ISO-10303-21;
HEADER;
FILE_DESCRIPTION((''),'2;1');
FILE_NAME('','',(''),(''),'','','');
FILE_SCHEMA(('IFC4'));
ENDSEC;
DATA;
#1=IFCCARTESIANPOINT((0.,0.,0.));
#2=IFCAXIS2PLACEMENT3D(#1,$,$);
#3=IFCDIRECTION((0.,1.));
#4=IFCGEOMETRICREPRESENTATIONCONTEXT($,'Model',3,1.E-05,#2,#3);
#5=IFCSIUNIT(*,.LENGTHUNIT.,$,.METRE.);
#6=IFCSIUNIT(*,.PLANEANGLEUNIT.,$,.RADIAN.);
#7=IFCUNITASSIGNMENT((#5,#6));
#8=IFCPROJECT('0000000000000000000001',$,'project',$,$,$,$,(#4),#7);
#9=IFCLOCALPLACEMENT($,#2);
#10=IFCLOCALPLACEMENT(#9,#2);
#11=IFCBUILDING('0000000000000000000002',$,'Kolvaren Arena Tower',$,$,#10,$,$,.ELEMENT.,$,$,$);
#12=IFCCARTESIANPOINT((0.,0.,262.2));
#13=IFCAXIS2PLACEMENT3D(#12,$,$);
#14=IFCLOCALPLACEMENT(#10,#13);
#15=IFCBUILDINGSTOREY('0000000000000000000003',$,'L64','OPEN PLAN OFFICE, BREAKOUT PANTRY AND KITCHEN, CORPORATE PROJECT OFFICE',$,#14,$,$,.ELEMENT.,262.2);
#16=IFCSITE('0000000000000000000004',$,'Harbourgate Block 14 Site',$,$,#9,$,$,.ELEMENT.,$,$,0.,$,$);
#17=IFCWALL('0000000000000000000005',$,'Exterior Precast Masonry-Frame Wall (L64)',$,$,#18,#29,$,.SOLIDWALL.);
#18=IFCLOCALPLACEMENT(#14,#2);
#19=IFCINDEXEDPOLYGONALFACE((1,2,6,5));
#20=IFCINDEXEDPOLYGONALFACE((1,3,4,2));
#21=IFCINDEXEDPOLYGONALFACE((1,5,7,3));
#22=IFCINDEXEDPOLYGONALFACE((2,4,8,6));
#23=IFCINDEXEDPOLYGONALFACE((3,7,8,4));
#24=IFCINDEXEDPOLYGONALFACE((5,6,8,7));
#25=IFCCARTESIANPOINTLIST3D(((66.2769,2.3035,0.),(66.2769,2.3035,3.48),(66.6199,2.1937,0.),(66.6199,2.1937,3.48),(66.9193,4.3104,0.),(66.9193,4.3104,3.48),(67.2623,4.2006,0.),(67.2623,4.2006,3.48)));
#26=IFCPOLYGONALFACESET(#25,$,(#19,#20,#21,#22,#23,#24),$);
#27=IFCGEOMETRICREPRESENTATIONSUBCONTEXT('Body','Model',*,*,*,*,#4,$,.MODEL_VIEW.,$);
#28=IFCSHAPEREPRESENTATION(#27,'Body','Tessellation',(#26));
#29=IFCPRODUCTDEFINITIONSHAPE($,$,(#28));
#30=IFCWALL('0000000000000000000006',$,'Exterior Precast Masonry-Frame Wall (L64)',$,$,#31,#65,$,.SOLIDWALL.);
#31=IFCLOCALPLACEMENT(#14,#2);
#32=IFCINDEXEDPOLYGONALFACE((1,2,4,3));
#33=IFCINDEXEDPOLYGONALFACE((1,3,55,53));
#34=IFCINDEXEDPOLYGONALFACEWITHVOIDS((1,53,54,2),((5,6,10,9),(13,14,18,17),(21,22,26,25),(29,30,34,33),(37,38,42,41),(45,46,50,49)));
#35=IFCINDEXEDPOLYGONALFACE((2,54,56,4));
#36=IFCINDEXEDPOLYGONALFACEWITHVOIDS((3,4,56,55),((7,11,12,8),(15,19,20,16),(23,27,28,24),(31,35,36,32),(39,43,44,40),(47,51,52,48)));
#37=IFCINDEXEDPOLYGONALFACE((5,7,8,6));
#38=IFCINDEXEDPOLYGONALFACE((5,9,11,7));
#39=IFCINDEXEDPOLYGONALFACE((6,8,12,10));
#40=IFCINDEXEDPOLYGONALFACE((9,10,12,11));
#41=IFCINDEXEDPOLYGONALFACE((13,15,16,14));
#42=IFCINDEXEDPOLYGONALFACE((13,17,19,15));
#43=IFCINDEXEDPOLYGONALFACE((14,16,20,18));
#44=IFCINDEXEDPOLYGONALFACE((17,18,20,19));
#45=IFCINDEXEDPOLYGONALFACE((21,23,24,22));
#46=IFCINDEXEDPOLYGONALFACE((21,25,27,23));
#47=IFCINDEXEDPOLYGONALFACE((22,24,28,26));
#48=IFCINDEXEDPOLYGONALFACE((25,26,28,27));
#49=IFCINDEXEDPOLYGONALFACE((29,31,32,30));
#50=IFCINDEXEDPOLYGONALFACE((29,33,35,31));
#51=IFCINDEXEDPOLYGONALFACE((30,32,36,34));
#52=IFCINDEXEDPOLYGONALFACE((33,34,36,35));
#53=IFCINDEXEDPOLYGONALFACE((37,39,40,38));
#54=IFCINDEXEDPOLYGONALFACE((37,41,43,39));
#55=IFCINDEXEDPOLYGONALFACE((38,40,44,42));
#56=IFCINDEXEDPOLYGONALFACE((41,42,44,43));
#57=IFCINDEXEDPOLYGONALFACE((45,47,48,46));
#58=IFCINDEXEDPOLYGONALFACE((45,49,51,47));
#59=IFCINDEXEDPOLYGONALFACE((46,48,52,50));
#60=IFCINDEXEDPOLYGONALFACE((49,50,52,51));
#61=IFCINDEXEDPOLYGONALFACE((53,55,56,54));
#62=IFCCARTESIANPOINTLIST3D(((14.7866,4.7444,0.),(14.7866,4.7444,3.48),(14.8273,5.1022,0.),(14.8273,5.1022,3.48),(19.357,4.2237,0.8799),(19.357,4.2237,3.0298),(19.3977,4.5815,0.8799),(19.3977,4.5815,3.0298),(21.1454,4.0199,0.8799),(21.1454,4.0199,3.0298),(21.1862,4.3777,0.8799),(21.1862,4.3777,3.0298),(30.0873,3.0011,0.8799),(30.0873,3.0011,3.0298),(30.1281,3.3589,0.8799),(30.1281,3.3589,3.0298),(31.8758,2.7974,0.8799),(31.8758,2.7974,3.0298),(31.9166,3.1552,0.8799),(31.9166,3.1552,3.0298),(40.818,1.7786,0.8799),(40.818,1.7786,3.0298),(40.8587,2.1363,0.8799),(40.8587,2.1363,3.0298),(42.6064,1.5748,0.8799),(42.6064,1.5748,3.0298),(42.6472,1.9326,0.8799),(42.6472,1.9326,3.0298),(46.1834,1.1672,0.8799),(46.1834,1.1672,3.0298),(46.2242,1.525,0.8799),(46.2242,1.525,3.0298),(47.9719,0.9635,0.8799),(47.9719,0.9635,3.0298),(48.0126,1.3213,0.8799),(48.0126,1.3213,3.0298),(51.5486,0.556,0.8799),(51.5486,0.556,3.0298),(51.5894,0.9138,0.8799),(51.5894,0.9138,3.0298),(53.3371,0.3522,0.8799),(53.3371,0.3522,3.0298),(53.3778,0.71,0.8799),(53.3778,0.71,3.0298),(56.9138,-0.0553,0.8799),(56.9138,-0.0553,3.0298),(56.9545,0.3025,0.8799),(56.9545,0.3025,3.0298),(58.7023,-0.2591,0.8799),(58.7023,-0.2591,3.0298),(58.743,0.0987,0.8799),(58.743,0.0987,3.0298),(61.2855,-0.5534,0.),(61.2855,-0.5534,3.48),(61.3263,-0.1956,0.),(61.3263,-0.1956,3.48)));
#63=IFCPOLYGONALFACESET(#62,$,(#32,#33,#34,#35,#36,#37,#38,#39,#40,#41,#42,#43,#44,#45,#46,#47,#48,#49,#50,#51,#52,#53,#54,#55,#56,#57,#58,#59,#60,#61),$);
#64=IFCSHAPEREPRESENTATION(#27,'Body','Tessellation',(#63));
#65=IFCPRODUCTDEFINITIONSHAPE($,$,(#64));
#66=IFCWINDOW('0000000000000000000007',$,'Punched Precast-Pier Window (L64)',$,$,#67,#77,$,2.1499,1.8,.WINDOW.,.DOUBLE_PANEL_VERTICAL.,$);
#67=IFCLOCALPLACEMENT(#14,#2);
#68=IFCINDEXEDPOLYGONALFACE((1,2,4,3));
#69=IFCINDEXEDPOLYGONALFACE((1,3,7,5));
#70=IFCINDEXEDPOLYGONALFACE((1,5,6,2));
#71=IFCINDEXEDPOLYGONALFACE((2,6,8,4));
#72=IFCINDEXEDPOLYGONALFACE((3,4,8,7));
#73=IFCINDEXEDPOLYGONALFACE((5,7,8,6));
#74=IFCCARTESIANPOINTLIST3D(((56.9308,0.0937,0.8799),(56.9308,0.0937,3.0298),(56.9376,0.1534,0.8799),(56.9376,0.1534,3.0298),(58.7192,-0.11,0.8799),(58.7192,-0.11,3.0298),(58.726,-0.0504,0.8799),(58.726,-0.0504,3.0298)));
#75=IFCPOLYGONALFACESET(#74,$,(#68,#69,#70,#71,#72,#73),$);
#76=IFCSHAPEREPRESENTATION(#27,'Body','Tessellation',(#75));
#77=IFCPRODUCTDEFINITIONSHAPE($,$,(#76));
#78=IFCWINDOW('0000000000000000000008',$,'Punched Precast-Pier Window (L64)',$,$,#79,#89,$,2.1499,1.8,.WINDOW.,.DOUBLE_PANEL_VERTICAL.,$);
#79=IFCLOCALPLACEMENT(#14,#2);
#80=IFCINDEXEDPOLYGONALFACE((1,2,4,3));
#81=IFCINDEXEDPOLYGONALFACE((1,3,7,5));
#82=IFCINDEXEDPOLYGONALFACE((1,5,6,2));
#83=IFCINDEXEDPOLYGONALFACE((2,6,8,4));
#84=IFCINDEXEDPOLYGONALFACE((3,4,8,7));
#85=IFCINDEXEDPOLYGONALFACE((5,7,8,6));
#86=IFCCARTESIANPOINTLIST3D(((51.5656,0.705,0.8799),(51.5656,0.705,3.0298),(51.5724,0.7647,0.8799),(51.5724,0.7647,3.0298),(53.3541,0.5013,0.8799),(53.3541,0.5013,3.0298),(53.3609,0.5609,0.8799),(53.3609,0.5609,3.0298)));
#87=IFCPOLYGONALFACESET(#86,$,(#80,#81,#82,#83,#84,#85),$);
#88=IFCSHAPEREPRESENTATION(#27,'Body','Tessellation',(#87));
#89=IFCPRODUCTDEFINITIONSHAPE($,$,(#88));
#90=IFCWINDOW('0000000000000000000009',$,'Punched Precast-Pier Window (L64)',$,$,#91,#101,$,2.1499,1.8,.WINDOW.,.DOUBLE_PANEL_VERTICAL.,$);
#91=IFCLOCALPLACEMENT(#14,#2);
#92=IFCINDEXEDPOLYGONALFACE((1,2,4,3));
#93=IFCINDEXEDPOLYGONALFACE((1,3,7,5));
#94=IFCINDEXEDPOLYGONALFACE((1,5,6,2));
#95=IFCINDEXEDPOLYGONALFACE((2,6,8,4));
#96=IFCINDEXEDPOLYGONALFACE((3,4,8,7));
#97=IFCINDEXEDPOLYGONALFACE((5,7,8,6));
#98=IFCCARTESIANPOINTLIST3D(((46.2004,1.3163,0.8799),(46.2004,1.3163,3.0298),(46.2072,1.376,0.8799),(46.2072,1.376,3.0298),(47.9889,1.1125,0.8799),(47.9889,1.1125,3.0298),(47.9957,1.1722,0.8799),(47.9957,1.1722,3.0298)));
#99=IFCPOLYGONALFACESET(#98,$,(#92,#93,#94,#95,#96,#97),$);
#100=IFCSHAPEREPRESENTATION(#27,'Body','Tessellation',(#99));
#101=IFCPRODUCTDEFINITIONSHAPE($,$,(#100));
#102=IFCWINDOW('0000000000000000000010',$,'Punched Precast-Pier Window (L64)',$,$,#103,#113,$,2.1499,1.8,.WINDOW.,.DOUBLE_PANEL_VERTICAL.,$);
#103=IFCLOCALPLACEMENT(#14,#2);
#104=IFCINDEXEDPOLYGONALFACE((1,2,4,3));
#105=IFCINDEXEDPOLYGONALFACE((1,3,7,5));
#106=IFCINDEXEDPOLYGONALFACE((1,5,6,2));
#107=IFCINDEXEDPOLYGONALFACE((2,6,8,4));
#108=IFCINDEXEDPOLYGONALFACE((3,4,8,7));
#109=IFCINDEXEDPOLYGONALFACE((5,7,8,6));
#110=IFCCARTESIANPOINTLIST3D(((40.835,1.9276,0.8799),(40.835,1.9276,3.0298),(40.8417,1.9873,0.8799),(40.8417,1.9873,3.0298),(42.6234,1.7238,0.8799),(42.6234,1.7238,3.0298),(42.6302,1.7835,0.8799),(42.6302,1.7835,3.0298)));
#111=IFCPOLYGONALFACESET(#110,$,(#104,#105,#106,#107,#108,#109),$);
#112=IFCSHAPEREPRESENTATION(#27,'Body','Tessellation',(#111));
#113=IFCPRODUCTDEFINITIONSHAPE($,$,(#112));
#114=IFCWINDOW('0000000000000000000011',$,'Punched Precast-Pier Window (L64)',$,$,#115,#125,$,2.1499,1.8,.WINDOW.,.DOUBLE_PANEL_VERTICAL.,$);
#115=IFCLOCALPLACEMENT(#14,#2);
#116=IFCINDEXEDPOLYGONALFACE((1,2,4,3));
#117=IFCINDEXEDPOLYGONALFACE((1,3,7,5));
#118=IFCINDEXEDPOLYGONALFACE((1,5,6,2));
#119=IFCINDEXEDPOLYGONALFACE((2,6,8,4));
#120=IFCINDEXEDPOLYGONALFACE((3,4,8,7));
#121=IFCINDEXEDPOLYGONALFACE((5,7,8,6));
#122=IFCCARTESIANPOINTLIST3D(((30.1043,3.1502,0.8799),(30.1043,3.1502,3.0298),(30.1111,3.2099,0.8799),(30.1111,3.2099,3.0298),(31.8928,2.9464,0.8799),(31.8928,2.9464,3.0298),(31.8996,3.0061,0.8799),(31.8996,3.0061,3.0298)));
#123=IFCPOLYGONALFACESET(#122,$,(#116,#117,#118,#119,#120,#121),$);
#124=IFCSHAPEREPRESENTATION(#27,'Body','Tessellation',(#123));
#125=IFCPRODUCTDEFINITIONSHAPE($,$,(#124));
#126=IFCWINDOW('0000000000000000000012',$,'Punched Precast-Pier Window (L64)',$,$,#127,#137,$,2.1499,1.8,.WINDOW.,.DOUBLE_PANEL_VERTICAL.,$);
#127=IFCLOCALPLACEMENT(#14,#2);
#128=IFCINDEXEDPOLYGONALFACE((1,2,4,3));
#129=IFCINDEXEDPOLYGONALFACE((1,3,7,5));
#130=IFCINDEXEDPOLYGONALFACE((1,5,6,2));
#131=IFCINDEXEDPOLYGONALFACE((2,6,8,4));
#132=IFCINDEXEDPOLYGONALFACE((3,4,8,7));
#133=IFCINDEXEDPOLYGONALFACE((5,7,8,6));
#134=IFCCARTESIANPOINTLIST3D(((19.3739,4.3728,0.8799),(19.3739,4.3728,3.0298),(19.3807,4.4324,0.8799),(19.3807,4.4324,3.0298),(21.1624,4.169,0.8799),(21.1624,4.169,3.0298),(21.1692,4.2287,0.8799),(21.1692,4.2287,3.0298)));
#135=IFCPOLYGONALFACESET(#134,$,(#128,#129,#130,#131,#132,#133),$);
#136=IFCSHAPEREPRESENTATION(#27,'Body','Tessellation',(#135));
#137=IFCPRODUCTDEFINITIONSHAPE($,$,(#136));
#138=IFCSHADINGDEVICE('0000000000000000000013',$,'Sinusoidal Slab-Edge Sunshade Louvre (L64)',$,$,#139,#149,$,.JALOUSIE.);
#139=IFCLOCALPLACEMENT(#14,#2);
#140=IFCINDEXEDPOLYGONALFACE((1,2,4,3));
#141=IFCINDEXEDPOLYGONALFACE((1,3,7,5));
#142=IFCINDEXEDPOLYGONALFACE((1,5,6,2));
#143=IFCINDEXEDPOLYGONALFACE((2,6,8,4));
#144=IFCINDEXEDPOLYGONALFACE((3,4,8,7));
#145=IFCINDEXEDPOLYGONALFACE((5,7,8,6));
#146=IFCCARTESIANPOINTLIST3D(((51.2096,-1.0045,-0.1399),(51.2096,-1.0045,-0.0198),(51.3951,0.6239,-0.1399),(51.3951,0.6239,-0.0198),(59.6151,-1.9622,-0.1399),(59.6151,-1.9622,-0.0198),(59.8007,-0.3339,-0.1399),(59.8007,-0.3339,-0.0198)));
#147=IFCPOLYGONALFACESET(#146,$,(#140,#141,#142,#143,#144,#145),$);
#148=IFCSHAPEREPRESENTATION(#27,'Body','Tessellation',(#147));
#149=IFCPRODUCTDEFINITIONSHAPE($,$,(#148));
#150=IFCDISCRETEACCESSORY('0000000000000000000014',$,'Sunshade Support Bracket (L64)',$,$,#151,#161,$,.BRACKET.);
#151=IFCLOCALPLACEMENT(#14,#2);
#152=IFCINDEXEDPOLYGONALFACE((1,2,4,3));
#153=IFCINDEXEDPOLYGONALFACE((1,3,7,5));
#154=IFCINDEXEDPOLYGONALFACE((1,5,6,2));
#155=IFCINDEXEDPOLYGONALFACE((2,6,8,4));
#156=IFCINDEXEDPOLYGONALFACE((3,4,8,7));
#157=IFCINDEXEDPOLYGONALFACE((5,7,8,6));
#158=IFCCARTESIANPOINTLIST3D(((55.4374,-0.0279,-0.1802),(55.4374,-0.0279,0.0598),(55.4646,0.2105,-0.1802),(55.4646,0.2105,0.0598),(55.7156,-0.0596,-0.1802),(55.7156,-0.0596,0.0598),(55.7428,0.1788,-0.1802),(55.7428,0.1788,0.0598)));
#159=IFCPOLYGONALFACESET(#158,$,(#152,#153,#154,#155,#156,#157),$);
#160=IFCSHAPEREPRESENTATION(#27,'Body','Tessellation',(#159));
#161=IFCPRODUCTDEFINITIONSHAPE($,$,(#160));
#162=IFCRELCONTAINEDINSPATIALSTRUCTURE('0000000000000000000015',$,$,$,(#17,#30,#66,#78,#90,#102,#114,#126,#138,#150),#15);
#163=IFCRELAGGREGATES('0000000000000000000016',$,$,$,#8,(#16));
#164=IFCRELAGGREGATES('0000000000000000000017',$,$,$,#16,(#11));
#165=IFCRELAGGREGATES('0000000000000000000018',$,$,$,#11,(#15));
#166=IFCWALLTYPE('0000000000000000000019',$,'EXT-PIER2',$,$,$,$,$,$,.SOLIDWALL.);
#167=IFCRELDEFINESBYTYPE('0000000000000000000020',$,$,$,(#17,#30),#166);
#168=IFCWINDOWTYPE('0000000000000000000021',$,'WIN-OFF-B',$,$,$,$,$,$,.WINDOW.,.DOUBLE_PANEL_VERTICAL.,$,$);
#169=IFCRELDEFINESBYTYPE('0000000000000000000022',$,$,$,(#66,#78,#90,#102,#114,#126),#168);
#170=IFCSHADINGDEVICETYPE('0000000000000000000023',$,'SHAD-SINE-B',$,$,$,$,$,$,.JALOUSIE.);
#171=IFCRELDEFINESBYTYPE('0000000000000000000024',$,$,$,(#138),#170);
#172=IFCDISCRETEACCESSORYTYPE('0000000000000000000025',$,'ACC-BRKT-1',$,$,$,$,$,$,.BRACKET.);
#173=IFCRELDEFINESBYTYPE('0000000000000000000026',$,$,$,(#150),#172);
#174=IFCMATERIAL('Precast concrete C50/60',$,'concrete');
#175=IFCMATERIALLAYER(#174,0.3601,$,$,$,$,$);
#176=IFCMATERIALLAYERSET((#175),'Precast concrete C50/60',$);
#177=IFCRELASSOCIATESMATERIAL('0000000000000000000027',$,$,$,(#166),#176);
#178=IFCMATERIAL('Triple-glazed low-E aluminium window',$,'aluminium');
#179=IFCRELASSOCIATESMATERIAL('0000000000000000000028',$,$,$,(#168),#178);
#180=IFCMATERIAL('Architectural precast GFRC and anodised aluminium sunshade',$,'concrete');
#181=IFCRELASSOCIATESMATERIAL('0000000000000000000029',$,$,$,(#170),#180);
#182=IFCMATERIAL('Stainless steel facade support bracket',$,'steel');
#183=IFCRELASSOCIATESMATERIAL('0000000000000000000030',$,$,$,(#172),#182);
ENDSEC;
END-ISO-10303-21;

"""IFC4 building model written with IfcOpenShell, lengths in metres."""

from ifc_helpers import new_model, si_unit, direction, frame, frame_2d, origin, origin_2d, place, context, subcontext, project, spatial, rectangle, extrude, material, layer, layer_set, type_object, element, fill, save


model = new_model("IFC4")

# Units and contexts
model_context = context("Model", 3, precision=1e-05, world=origin(), true_north=direction((0.0, 1.0)))
body_context = subcontext(model_context, "Body", "Model", "MODEL_VIEW")
ifc_project = project(units=[si_unit("LENGTHUNIT", "METRE"), si_unit("PLANEANGLEUNIT", "RADIAN")], contexts=[model_context])

# Site, building, storey
site_placement = place(None, origin())
site = spatial("IfcSite", under=ifc_project, at=site_placement, Name="Harbourgate Block 14 Site", CompositionType="ELEMENT", RefElevation=0.0)
building_placement = place(site_placement, origin())
building = spatial("IfcBuilding", under=site, at=building_placement, Name="Kolvaren Arena Tower", CompositionType="ELEMENT")
storey_placement = place(building_placement, frame((0.0, 0.0, 262.2)))
storey = spatial("IfcBuildingStorey", under=building, at=storey_placement, Name="L64", Description="OPEN PLAN OFFICE, BREAKOUT PANTRY AND KITCHEN, CORPORATE PROJECT OFFICE", CompositionType="ELEMENT", Elevation=262.2)

# Wall
ifc_material_1 = material(Name="Precast concrete C50/60", Category="concrete")
ifc_layer_1 = layer(ifc_material_1, 0.3601)
ifc_layer_set_1 = layer_set([ifc_layer_1], Name="Precast concrete C50/60")
wall_type_1 = type_object("IfcWallType", Name="EXT-PIER2", PredefinedType="SOLIDWALL", material=ifc_layer_set_1)
wall_1_placement = place(storey_placement, frame((67.0908, 4.2556, 0.0), z_axis=(0.0, 0.0, 1.0), x_axis=(-0.304839, -0.952404, 0.0)))
element("IfcWall", 1, at=wall_1_placement, inside=storey, type_object=wall_type_1, Name="Exterior Precast Masonry-Frame Wall (L64)", PredefinedType="SOLIDWALL", context=body_context, shape_type="SweptSolid", body=[
    extrude(rectangle(XDim=2.1072, YDim=0.3601, at=frame_2d((1.0537, 0.0))), origin(), (0.0, 0.0, 1.0), 3.48),
])

# Wall, openings, windows
wall_2_placement = place(storey_placement, frame((61.3059, -0.3745, 0.0), z_axis=(0.0, 0.0, 1.0), x_axis=(-0.993572, 0.113202, 0.0)))
wall_2 = element("IfcWall", 2, at=wall_2_placement, inside=storey, type_object=wall_type_1, Name="Exterior Precast Masonry-Frame Wall (L64)", PredefinedType="SOLIDWALL", context=body_context, shape_type="SweptSolid", body=[
    extrude(rectangle(XDim=46.7998, YDim=0.3601, at=frame_2d((23.3999, 0.0))), origin(), (0.0, 0.0, 1.0), 3.48),
])
opening_1_placement = place(wall_2_placement, frame((2.6001, 0.0, 0.8799)))
opening_1 = element("IfcOpeningElement", 3, at=opening_1_placement, cuts=wall_2, PredefinedType="OPENING", context=body_context, shape_type="SweptSolid", body=[
    extrude(rectangle(XDim=1.8, YDim=2.1499, at=frame_2d((0.8999, 1.075))), frame((0.0, 0.1899, 0.0), z_axis=(0.0, -1.0, 0.0), x_axis=(1.0, 0.0, 0.0)), (0.0, 0.0, 1.0), 0.3801),
])
opening_2_placement = place(wall_2_placement, frame((8.0, 0.0, 0.8799)))
opening_2 = element("IfcOpeningElement", 4, at=opening_2_placement, cuts=wall_2, PredefinedType="OPENING", context=body_context, shape_type="SweptSolid", body=[
    extrude(rectangle(XDim=1.8, YDim=2.1499, at=frame_2d((0.8999, 1.075))), frame((0.0, 0.1899, 0.0), z_axis=(0.0, -1.0, 0.0), x_axis=(1.0, 0.0, 0.0)), (0.0, 0.0, 1.0), 0.3801),
])
opening_3_placement = place(wall_2_placement, frame((13.3999, 0.0, 0.8799)))
opening_3 = element("IfcOpeningElement", 5, at=opening_3_placement, cuts=wall_2, PredefinedType="OPENING", context=body_context, shape_type="SweptSolid", body=[
    extrude(rectangle(XDim=1.8, YDim=2.1499, at=frame_2d((0.8999, 1.075))), frame((0.0, 0.1899, 0.0), z_axis=(0.0, -1.0, 0.0), x_axis=(1.0, 0.0, 0.0)), (0.0, 0.0, 1.0), 0.3801),
])
opening_4_placement = place(wall_2_placement, frame((18.8, 0.0, 0.8799)))
opening_4 = element("IfcOpeningElement", 6, at=opening_4_placement, cuts=wall_2, PredefinedType="OPENING", context=body_context, shape_type="SweptSolid", body=[
    extrude(rectangle(XDim=1.8, YDim=2.1499, at=frame_2d((0.8999, 1.075))), frame((0.0, 0.1899, 0.0), z_axis=(0.0, -1.0, 0.0), x_axis=(1.0, 0.0, 0.0)), (0.0, 0.0, 1.0), 0.3801),
])
opening_5_placement = place(wall_2_placement, frame((29.6001, 0.0, 0.8799)))
opening_5 = element("IfcOpeningElement", 7, at=opening_5_placement, cuts=wall_2, PredefinedType="OPENING", context=body_context, shape_type="SweptSolid", body=[
    extrude(rectangle(XDim=1.8, YDim=2.1499, at=frame_2d((0.8999, 1.075))), frame((0.0, 0.1899, 0.0), z_axis=(0.0, -1.0, 0.0), x_axis=(1.0, 0.0, 0.0)), (0.0, 0.0, 1.0), 0.3801),
])
opening_6_placement = place(wall_2_placement, frame((40.3999, 0.0, 0.8799)))
opening_6 = element("IfcOpeningElement", 8, at=opening_6_placement, cuts=wall_2, PredefinedType="OPENING", context=body_context, shape_type="SweptSolid", body=[
    extrude(rectangle(XDim=1.8, YDim=2.1499, at=frame_2d((0.8999, 1.075))), frame((0.0, 0.1899, 0.0), z_axis=(0.0, -1.0, 0.0), x_axis=(1.0, 0.0, 0.0)), (0.0, 0.0, 1.0), 0.3801),
])
ifc_material_2 = material(Name="Triple-glazed low-E aluminium window", Category="aluminium")
window_type = type_object("IfcWindowType", Name="WIN-OFF-B", PartitioningType="DOUBLE_PANEL_VERTICAL", PredefinedType="WINDOW", material=ifc_material_2)
window_1_placement = place(opening_1_placement, origin())
window_1 = element("IfcWindow", 9, at=window_1_placement, inside=storey, type_object=window_type, Name="Punched Precast-Pier Window (L64)", OverallHeight=2.1499, OverallWidth=1.8, PartitioningType="DOUBLE_PANEL_VERTICAL", PredefinedType="WINDOW", context=body_context, shape_type="SweptSolid", body=[
    extrude(rectangle(XDim=1.8, YDim=2.1499, at=frame_2d((0.8999, 1.075))), frame((0.0, 0.03, 0.0), z_axis=(0.0, -1.0, 0.0), x_axis=(1.0, 0.0, 0.0)), (0.0, 0.0, 1.0), 0.0601),
])
fill(opening_1, window_1)
window_2_placement = place(opening_2_placement, origin())
window_2 = element("IfcWindow", 10, at=window_2_placement, inside=storey, type_object=window_type, Name="Punched Precast-Pier Window (L64)", OverallHeight=2.1499, OverallWidth=1.8, PartitioningType="DOUBLE_PANEL_VERTICAL", PredefinedType="WINDOW", context=body_context, shape_type="SweptSolid", body=[
    extrude(rectangle(XDim=1.8, YDim=2.1499, at=frame_2d((0.8999, 1.075))), frame((0.0, 0.03, 0.0), z_axis=(0.0, -1.0, 0.0), x_axis=(1.0, 0.0, 0.0)), (0.0, 0.0, 1.0), 0.0601),
])
fill(opening_2, window_2)
window_3_placement = place(opening_3_placement, origin())
window_3 = element("IfcWindow", 11, at=window_3_placement, inside=storey, type_object=window_type, Name="Punched Precast-Pier Window (L64)", OverallHeight=2.1499, OverallWidth=1.8, PartitioningType="DOUBLE_PANEL_VERTICAL", PredefinedType="WINDOW", context=body_context, shape_type="SweptSolid", body=[
    extrude(rectangle(XDim=1.8, YDim=2.1499, at=frame_2d((0.8999, 1.075))), frame((0.0, 0.03, 0.0), z_axis=(0.0, -1.0, 0.0), x_axis=(1.0, 0.0, 0.0)), (0.0, 0.0, 1.0), 0.0601),
])
fill(opening_3, window_3)
window_4_placement = place(opening_4_placement, origin())
window_4 = element("IfcWindow", 12, at=window_4_placement, inside=storey, type_object=window_type, Name="Punched Precast-Pier Window (L64)", OverallHeight=2.1499, OverallWidth=1.8, PartitioningType="DOUBLE_PANEL_VERTICAL", PredefinedType="WINDOW", context=body_context, shape_type="SweptSolid", body=[
    extrude(rectangle(XDim=1.8, YDim=2.1499, at=frame_2d((0.8999, 1.075))), frame((0.0, 0.03, 0.0), z_axis=(0.0, -1.0, 0.0), x_axis=(1.0, 0.0, 0.0)), (0.0, 0.0, 1.0), 0.0601),
])
fill(opening_4, window_4)
window_5_placement = place(opening_5_placement, origin())
window_5 = element("IfcWindow", 13, at=window_5_placement, inside=storey, type_object=window_type, Name="Punched Precast-Pier Window (L64)", OverallHeight=2.1499, OverallWidth=1.8, PartitioningType="DOUBLE_PANEL_VERTICAL", PredefinedType="WINDOW", context=body_context, shape_type="SweptSolid", body=[
    extrude(rectangle(XDim=1.8, YDim=2.1499, at=frame_2d((0.8999, 1.075))), frame((0.0, 0.03, 0.0), z_axis=(0.0, -1.0, 0.0), x_axis=(1.0, 0.0, 0.0)), (0.0, 0.0, 1.0), 0.0601),
])
fill(opening_5, window_5)
window_6_placement = place(opening_6_placement, origin())
window_6 = element("IfcWindow", 14, at=window_6_placement, inside=storey, type_object=window_type, Name="Punched Precast-Pier Window (L64)", OverallHeight=2.1499, OverallWidth=1.8, PartitioningType="DOUBLE_PANEL_VERTICAL", PredefinedType="WINDOW", context=body_context, shape_type="SweptSolid", body=[
    extrude(rectangle(XDim=1.8, YDim=2.1499, at=frame_2d((0.8999, 1.075))), frame((0.0, 0.03, 0.0), z_axis=(0.0, -1.0, 0.0), x_axis=(1.0, 0.0, 0.0)), (0.0, 0.0, 1.0), 0.0601),
])
fill(opening_6, window_6)

# Shading device
ifc_material_3 = material(Name="Architectural precast GFRC and anodised aluminium sunshade", Category="concrete")
shading_device_type = type_object("IfcShadingDeviceType", Name="SHAD-SINE-B", PredefinedType="JALOUSIE", material=ifc_material_3)
shading_device_placement = place(storey_placement, frame((55.5051, -0.6692, -0.1399), z_axis=(0.0, 0.0, 1.0), x_axis=(-0.993572, 0.113205, 0.0)))
element("IfcShadingDevice", 15, at=shading_device_placement, inside=storey, type_object=shading_device_type, Name="Sinusoidal Slab-Edge Sunshade Louvre (L64)", PredefinedType="JALOUSIE", context=body_context, shape_type="SweptSolid", body=[
    extrude(rectangle(XDim=8.46, YDim=1.6389, at=origin_2d()), origin(), (0.0, 0.0, 1.0), 0.1201),
])

# Discrete accessory
ifc_material_4 = material(Name="Stainless steel facade support bracket", Category="steel")
discrete_accessory_type = type_object("IfcDiscreteAccessoryType", Name="ACC-BRKT-1", PredefinedType="BRACKET", material=ifc_material_4)
discrete_accessory_placement = place(storey_placement, frame((55.5901, 0.0754, -0.1802), z_axis=(0.0, 0.0, 1.0), x_axis=(-0.993572, 0.113205, 0.0)))
element("IfcDiscreteAccessory", 16, at=discrete_accessory_placement, inside=storey, type_object=discrete_accessory_type, Name="Sunshade Support Bracket (L64)", PredefinedType="BRACKET", context=body_context, shape_type="SweptSolid", body=[
    extrude(rectangle(XDim=0.28, YDim=0.24, at=origin_2d()), origin(), (0.0, 0.0, 1.0), 0.24),
])

save(model, "model.ifc")
